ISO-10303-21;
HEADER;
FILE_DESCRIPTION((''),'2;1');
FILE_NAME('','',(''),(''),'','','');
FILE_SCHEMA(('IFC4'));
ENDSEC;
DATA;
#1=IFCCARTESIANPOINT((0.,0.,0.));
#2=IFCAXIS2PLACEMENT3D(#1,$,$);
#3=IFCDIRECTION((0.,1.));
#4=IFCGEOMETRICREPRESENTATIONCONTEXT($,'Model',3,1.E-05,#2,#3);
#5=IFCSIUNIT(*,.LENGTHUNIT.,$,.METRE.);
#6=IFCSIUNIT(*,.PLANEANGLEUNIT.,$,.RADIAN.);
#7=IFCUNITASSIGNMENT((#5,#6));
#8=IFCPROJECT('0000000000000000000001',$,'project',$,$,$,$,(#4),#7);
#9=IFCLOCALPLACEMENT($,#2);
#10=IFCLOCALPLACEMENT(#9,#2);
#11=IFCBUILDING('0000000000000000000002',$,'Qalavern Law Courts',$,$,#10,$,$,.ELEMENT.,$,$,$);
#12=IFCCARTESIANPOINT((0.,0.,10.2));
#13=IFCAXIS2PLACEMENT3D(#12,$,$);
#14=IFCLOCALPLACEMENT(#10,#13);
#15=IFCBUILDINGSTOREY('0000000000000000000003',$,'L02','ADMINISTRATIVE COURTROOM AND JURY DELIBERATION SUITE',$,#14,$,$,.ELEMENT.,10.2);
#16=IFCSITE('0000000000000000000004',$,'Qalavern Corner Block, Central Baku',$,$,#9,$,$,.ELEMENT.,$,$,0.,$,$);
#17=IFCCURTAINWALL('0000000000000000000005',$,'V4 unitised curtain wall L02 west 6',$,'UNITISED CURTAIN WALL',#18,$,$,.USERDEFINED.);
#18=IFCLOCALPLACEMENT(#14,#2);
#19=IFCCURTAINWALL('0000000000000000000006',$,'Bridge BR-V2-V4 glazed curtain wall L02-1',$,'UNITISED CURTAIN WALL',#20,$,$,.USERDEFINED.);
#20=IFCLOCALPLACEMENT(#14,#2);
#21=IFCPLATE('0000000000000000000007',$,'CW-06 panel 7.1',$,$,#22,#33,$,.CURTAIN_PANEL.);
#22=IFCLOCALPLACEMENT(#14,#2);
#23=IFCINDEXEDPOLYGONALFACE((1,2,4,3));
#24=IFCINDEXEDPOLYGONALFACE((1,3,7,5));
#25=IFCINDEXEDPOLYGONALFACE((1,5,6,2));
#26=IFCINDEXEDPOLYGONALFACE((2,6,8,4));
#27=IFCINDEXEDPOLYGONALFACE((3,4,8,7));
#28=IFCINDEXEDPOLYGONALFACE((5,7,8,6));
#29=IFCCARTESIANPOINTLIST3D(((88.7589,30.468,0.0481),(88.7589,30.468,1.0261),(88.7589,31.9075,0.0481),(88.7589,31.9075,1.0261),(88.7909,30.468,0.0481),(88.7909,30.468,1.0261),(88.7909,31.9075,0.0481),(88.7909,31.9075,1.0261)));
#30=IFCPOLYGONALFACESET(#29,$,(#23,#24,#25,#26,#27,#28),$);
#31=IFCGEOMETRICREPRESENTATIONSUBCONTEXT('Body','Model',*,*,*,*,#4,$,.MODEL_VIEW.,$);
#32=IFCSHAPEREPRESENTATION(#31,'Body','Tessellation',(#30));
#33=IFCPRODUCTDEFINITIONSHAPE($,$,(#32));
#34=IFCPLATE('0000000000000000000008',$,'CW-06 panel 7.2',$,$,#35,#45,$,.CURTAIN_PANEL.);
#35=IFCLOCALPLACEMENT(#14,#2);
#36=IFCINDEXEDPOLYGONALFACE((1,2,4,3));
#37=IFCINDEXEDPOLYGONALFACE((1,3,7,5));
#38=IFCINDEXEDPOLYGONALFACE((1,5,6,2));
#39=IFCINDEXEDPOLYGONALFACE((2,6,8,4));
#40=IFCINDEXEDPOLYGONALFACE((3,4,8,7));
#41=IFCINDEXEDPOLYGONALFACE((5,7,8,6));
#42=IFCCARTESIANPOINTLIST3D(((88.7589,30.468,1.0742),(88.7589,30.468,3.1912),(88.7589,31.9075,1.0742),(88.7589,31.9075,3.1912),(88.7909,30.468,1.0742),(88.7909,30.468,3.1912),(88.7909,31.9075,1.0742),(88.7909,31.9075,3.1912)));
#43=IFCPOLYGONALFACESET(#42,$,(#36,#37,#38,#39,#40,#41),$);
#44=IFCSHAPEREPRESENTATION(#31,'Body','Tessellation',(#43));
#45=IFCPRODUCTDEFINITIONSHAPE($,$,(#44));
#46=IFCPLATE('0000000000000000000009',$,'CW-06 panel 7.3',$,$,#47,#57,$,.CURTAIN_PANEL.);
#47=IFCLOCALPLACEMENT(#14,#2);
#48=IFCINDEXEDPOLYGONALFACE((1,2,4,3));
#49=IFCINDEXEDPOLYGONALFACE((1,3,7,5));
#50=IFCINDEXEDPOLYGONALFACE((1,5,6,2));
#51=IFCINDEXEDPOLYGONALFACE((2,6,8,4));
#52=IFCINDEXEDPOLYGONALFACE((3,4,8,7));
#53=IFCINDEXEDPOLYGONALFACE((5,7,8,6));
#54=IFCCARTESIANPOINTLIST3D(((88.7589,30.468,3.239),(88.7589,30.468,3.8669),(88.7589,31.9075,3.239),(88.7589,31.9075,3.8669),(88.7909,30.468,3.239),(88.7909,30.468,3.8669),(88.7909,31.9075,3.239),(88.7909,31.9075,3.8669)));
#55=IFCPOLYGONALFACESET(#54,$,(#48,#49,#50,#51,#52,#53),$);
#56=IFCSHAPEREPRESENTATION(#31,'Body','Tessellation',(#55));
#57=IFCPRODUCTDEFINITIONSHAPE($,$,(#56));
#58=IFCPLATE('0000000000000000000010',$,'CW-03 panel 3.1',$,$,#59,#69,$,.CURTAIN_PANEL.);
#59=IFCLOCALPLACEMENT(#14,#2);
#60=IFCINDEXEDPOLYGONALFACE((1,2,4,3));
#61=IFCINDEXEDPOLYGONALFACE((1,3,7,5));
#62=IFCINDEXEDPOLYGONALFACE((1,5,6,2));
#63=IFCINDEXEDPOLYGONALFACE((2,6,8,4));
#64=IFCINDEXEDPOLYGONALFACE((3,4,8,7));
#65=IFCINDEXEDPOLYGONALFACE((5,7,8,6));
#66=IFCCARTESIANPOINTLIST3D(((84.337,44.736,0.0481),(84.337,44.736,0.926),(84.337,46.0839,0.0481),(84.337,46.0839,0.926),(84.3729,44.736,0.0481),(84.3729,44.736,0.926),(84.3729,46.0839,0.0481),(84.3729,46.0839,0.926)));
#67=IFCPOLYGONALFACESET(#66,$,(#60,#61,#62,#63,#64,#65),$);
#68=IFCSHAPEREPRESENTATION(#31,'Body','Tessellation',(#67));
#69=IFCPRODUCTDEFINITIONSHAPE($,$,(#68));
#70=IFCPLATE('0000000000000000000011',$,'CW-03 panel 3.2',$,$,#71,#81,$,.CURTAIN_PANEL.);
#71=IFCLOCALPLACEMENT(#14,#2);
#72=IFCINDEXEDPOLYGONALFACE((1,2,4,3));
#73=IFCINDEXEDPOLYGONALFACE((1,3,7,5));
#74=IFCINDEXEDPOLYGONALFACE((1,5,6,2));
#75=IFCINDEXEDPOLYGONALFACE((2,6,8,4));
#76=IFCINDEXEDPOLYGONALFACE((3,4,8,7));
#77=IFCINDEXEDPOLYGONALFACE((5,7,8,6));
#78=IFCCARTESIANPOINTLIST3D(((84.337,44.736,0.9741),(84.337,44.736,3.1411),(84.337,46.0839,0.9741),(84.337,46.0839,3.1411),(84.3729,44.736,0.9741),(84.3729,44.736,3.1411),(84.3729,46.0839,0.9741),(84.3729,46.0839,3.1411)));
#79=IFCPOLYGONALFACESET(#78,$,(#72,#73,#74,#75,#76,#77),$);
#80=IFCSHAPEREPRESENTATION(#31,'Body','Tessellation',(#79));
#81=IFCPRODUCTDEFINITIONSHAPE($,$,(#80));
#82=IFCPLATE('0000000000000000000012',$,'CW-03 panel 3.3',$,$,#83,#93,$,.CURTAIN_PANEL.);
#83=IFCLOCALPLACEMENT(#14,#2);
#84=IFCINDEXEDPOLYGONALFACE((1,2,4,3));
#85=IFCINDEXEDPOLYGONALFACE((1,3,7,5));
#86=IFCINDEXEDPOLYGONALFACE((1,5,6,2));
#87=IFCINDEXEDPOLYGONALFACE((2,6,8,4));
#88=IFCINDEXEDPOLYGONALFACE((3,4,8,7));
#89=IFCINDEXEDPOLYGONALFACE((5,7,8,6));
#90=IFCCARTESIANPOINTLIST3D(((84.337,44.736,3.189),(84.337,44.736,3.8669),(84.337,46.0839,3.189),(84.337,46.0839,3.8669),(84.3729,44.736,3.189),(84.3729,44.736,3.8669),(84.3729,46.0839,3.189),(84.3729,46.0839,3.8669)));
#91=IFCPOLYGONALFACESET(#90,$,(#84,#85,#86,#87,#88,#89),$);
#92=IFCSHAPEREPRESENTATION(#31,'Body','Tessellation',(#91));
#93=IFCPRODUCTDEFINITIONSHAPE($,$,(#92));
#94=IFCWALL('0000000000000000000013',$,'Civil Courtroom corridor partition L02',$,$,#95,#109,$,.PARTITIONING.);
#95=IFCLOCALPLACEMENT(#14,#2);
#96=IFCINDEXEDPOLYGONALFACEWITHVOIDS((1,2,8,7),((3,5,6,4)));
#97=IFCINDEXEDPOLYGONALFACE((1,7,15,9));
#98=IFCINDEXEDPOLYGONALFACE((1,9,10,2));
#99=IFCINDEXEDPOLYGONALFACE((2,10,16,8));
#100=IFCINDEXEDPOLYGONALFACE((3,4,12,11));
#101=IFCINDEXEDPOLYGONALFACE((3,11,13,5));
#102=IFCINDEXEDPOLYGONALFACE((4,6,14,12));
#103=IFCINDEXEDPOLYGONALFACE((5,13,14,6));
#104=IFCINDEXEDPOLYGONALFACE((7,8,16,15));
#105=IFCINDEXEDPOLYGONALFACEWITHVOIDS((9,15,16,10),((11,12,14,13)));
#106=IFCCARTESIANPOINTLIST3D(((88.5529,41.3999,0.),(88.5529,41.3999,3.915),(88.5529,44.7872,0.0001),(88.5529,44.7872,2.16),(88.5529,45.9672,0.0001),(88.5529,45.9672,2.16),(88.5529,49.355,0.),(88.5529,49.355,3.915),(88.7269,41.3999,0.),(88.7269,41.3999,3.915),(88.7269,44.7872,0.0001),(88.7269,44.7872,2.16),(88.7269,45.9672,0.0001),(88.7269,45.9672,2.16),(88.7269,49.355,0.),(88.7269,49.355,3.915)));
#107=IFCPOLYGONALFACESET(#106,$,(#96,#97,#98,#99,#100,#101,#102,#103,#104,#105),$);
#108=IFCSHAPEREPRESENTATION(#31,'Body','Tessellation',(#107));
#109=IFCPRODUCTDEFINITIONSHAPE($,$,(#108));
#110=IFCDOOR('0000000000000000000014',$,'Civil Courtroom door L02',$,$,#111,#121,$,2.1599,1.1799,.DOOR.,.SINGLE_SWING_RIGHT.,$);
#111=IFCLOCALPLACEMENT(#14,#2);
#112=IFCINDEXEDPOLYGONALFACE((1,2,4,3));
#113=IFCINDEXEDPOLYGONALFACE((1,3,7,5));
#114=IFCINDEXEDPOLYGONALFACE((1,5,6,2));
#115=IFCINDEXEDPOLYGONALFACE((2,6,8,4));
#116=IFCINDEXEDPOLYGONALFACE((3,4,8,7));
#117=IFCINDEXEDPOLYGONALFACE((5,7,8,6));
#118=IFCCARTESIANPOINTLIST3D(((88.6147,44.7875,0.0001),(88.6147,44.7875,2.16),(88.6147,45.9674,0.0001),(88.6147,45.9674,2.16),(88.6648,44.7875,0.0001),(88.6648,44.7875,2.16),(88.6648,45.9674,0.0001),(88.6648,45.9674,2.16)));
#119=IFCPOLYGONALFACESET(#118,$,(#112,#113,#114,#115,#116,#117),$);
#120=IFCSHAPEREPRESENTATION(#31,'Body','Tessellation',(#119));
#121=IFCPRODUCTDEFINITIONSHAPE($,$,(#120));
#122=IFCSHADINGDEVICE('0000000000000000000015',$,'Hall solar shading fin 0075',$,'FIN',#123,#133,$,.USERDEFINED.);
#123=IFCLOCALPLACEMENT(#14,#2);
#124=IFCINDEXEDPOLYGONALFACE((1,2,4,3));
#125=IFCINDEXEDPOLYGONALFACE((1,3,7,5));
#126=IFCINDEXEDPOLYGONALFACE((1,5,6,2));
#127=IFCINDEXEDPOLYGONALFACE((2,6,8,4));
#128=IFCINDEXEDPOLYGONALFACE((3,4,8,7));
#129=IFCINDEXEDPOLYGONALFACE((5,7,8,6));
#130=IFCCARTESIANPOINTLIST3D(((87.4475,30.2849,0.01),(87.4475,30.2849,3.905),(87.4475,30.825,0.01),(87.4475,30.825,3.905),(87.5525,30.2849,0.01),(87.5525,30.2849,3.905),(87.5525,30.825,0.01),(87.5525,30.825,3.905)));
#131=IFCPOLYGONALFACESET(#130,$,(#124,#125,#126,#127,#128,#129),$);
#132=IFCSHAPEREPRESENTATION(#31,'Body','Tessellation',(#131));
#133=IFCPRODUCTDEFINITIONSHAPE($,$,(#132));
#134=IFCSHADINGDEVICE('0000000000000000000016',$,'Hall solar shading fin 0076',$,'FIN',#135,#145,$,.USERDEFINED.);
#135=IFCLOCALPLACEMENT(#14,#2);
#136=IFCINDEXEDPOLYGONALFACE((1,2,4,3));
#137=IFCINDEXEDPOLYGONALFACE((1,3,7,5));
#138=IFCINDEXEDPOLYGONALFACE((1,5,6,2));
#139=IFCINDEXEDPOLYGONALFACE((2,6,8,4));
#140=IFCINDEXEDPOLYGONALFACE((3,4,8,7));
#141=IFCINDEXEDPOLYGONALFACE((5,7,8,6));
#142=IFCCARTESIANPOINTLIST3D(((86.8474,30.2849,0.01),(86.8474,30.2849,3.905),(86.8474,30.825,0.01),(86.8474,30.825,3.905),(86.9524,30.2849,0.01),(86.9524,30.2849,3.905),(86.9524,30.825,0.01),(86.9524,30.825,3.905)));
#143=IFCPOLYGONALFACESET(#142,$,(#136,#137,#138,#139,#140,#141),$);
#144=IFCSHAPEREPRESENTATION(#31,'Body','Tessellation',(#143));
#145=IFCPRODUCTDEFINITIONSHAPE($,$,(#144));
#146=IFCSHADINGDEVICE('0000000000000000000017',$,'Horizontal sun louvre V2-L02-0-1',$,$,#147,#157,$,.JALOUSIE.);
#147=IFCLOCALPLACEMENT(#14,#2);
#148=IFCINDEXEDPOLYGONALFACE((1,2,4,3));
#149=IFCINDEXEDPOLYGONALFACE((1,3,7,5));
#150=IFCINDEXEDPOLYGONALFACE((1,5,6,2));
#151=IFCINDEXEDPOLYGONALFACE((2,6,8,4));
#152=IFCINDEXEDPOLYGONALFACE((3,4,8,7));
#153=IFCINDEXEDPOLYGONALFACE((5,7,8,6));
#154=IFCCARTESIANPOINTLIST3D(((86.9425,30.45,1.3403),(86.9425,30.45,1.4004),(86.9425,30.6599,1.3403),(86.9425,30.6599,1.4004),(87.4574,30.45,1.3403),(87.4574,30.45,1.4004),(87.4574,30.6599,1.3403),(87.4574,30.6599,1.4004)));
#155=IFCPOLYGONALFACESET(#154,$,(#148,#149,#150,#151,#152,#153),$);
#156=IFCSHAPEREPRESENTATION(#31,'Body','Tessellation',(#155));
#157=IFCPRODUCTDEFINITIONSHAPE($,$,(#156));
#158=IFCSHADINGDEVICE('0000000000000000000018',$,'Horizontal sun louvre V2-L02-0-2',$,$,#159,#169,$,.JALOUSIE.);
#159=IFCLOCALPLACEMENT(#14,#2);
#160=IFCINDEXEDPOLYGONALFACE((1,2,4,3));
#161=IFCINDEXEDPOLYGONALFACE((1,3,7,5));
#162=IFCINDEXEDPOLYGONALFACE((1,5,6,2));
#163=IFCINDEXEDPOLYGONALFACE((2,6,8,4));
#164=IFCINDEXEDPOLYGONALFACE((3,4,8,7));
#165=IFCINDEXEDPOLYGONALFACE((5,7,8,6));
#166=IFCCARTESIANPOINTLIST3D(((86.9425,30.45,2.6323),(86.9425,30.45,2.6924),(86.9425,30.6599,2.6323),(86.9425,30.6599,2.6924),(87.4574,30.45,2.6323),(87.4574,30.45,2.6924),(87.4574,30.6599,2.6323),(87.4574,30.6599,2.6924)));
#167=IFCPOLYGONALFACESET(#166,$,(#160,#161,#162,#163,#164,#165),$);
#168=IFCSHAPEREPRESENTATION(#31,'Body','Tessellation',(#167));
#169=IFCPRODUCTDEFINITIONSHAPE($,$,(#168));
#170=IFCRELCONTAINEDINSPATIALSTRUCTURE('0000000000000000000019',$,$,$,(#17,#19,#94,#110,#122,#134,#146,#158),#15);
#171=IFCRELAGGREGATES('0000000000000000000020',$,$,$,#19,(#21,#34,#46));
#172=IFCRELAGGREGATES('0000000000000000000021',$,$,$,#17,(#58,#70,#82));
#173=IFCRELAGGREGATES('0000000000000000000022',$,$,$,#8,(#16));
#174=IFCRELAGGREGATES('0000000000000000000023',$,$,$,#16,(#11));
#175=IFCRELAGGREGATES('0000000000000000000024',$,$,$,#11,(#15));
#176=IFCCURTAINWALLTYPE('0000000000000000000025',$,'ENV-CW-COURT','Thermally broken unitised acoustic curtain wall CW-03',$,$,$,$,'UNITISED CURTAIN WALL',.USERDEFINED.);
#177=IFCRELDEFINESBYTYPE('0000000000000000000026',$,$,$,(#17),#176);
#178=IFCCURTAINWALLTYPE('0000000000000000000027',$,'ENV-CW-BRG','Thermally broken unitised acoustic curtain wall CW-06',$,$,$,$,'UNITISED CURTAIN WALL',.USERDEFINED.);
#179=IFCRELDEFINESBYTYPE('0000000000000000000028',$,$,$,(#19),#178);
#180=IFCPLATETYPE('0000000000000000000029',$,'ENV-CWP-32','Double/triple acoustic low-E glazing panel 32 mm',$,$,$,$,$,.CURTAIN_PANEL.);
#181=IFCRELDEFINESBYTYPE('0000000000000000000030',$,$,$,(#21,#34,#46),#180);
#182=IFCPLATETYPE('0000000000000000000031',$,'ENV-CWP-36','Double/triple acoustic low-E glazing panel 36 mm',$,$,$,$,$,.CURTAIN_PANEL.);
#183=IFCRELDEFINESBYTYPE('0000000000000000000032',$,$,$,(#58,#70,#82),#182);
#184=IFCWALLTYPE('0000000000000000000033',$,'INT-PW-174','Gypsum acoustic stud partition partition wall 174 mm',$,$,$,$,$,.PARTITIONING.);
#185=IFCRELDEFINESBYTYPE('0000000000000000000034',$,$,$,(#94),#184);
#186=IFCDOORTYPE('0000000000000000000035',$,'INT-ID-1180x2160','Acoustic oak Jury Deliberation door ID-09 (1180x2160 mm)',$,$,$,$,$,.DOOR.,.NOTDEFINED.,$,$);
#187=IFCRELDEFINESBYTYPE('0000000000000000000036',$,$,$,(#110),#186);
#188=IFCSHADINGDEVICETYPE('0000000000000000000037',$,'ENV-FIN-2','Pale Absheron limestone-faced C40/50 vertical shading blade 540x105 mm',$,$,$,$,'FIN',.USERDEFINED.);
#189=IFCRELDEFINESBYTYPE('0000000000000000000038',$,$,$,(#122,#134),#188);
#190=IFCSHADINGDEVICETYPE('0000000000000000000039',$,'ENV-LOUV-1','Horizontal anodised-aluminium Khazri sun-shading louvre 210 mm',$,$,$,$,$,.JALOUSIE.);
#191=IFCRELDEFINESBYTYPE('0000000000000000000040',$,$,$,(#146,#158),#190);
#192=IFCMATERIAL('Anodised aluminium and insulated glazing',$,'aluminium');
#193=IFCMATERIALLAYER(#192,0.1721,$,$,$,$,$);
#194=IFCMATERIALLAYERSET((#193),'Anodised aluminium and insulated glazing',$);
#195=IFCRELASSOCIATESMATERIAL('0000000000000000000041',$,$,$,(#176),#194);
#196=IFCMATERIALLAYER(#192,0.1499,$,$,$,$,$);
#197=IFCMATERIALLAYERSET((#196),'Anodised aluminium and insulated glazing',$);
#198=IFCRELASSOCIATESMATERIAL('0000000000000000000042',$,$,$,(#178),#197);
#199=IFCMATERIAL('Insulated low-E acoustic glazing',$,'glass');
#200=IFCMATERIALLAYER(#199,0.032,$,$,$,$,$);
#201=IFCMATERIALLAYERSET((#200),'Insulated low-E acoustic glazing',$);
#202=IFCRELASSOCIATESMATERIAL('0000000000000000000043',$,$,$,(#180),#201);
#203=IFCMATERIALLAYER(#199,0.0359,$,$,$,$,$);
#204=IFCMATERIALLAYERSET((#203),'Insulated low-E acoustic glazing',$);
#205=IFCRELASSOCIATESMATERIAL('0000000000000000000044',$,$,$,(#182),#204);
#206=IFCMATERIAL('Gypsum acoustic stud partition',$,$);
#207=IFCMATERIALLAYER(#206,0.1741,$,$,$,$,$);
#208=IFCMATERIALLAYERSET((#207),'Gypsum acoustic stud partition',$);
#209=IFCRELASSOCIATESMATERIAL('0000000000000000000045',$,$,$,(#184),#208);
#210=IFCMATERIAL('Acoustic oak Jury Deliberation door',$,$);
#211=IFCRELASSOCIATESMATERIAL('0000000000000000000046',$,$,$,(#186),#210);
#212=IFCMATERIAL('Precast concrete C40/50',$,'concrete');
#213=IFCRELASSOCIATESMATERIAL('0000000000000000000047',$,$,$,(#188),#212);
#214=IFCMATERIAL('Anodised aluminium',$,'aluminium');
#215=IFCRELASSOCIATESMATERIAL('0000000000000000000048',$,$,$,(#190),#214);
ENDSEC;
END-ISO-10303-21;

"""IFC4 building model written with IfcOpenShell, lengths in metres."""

from ifc_helpers import new_model, si_unit, direction, frame, frame_2d, origin, origin_2d, place, context, subcontext, project, spatial, rectangle, extrude, material, layer, layer_set, type_object, element, fill, aggregate, save


model = new_model("IFC4")

# Units and contexts
model_context = context("Model", 3, precision=1e-05, world=origin(), true_north=direction((0.0, 1.0)))
body_context = subcontext(model_context, "Body", "Model", "MODEL_VIEW")
ifc_project = project(units=[si_unit("LENGTHUNIT", "METRE"), si_unit("PLANEANGLEUNIT", "RADIAN")], contexts=[model_context])

# Site, building, storey
site_placement = place(None, origin())
site = spatial("IfcSite", under=ifc_project, at=site_placement, Name="Qalavern Corner Block, Central Baku", CompositionType="ELEMENT", RefElevation=0.0)
building_placement = place(site_placement, origin())
building = spatial("IfcBuilding", under=site, at=building_placement, Name="Qalavern Law Courts", CompositionType="ELEMENT")
storey_placement = place(building_placement, frame((0.0, 0.0, 10.2)))
storey = spatial("IfcBuildingStorey", under=building, at=storey_placement, Name="L02", Description="ADMINISTRATIVE COURTROOM AND JURY DELIBERATION SUITE", CompositionType="ELEMENT", Elevation=10.2)

# Curtain walls
ifc_material_1 = material(Name="Anodised aluminium and insulated glazing", Category="aluminium")
ifc_layer_1 = layer(ifc_material_1, 0.1721)
ifc_layer_set_1 = layer_set([ifc_layer_1], Name="Anodised aluminium and insulated glazing")
curtain_wall_type_1 = type_object("IfcCurtainWallType", Name="ENV-CW-COURT", Description="Thermally broken unitised acoustic curtain wall CW-03", ElementType="UNITISED CURTAIN WALL", PredefinedType="USERDEFINED", material=ifc_layer_set_1)
curtain_wall_1_placement = place(storey_placement, origin())
curtain_wall_1 = element("IfcCurtainWall", 1, at=curtain_wall_1_placement, inside=storey, type_object=curtain_wall_type_1, Name="V4 unitised curtain wall L02 west 6", ObjectType="UNITISED CURTAIN WALL", PredefinedType="USERDEFINED")
ifc_material_2 = material(Name="Anodised aluminium", Category="aluminium")
ifc_layer_2 = layer(ifc_material_1, 0.1499)
ifc_layer_set_2 = layer_set([ifc_layer_2], Name="Anodised aluminium and insulated glazing")
curtain_wall_type_2 = type_object("IfcCurtainWallType", Name="ENV-CW-BRG", Description="Thermally broken unitised acoustic curtain wall CW-06", ElementType="UNITISED CURTAIN WALL", PredefinedType="USERDEFINED", material=ifc_layer_set_2)
curtain_wall_2_placement = place(storey_placement, origin())
curtain_wall_2 = element("IfcCurtainWall", 2, at=curtain_wall_2_placement, inside=storey, type_object=curtain_wall_type_2, Name="Bridge BR-V2-V4 glazed curtain wall L02-1", ObjectType="UNITISED CURTAIN WALL", PredefinedType="USERDEFINED")

# Plates
ifc_material_3 = material(Name="Insulated low-E acoustic glazing", Category="glass")
ifc_layer_3 = layer(ifc_material_3, 0.032)
ifc_layer_set_3 = layer_set([ifc_layer_3], Name="Insulated low-E acoustic glazing")
plate_type_1 = type_object("IfcPlateType", Name="ENV-CWP-32", Description="Double/triple acoustic low-E glazing panel 32 mm", PredefinedType="CURTAIN_PANEL", material=ifc_layer_set_3)
plate_1_placement = place(storey_placement, frame((88.7749, 31.1877, 0.0481), z_axis=(0.0, 0.0, 1.0), x_axis=(0.0, -1.0, 0.0)))
plate_1 = element("IfcPlate", 3, at=plate_1_placement, type_object=plate_type_1, Name="CW-06 panel 7.1", PredefinedType="CURTAIN_PANEL", context=body_context, shape_type="SweptSolid", body=[
    extrude(rectangle(XDim=1.4395, YDim=0.032, at=origin_2d()), origin(), (0.0, 0.0, 1.0), 0.978),
])
plate_2_placement = place(storey_placement, frame((88.7749, 31.1877, 1.0742), z_axis=(0.0, 0.0, 1.0), x_axis=(0.0, -1.0, 0.0)))
plate_2 = element("IfcPlate", 4, at=plate_2_placement, type_object=plate_type_1, Name="CW-06 panel 7.2", PredefinedType="CURTAIN_PANEL", context=body_context, shape_type="SweptSolid", body=[
    extrude(rectangle(XDim=1.4395, YDim=0.032, at=origin_2d()), origin(), (0.0, 0.0, 1.0), 2.1169),
])
plate_3_placement = place(storey_placement, frame((88.7749, 31.1877, 3.239), z_axis=(0.0, 0.0, 1.0), x_axis=(0.0, -1.0, 0.0)))
plate_3 = element("IfcPlate", 5, at=plate_3_placement, type_object=plate_type_1, Name="CW-06 panel 7.3", PredefinedType="CURTAIN_PANEL", context=body_context, shape_type="SweptSolid", body=[
    extrude(rectangle(XDim=1.4395, YDim=0.032, at=origin_2d()), origin(), (0.0, 0.0, 1.0), 0.6279),
])
aggregate(curtain_wall_2, [plate_1, plate_2, plate_3])
ifc_layer_4 = layer(ifc_material_3, 0.0359)
ifc_layer_set_4 = layer_set([ifc_layer_4], Name="Insulated low-E acoustic glazing")
plate_type_2 = type_object("IfcPlateType", Name="ENV-CWP-36", Description="Double/triple acoustic low-E glazing panel 36 mm", PredefinedType="CURTAIN_PANEL", material=ifc_layer_set_4)
plate_4_placement = place(storey_placement, frame((84.355, 45.4099, 0.0481), z_axis=(0.0, 0.0, 1.0), x_axis=(0.0, -1.0, 0.0)))
plate_4 = element("IfcPlate", 6, at=plate_4_placement, type_object=plate_type_2, Name="CW-03 panel 3.1", PredefinedType="CURTAIN_PANEL", context=body_context, shape_type="SweptSolid", body=[
    extrude(rectangle(XDim=1.3479, YDim=0.0359, at=origin_2d()), origin(), (0.0, 0.0, 1.0), 0.8779),
])
plate_5_placement = place(storey_placement, frame((84.355, 45.4099, 0.9741), z_axis=(0.0, 0.0, 1.0), x_axis=(0.0, -1.0, 0.0)))
plate_5 = element("IfcPlate", 7, at=plate_5_placement, type_object=plate_type_2, Name="CW-03 panel 3.2", PredefinedType="CURTAIN_PANEL", context=body_context, shape_type="SweptSolid", body=[
    extrude(rectangle(XDim=1.3479, YDim=0.0359, at=origin_2d()), origin(), (0.0, 0.0, 1.0), 2.167),
])
plate_6_placement = place(storey_placement, frame((84.355, 45.4099, 3.189), z_axis=(0.0, 0.0, 1.0), x_axis=(0.0, -1.0, 0.0)))
plate_6 = element("IfcPlate", 8, at=plate_6_placement, type_object=plate_type_2, Name="CW-03 panel 3.3", PredefinedType="CURTAIN_PANEL", context=body_context, shape_type="SweptSolid", body=[
    extrude(rectangle(XDim=1.3479, YDim=0.0359, at=origin_2d()), origin(), (0.0, 0.0, 1.0), 0.678),
])
aggregate(curtain_wall_1, [plate_4, plate_5, plate_6])

# Wall, opening, door
ifc_material_4 = material(Name="Gypsum acoustic stud partition")
ifc_layer_5 = layer(ifc_material_4, 0.1741)
ifc_layer_set_5 = layer_set([ifc_layer_5], Name="Gypsum acoustic stud partition")
wall_type = type_object("IfcWallType", Name="INT-PW-174", Description="Gypsum acoustic stud partition partition wall 174 mm", PredefinedType="PARTITIONING", material=ifc_layer_set_5)
wall_placement = place(storey_placement, frame((88.6399, 41.3999, 0.0), z_axis=(0.0, 0.0, 1.0), x_axis=(0.0, 1.0, 0.0)))
wall = element("IfcWall", 9, at=wall_placement, inside=storey, type_object=wall_type, Name="Civil Courtroom corridor partition L02", PredefinedType="PARTITIONING", context=body_context, shape_type="SweptSolid", body=[
    extrude(rectangle(XDim=7.9551, YDim=0.1741, at=frame_2d((3.9775, 0.0))), origin(), (0.0, 0.0, 1.0), 3.915),
])
opening_placement = place(wall_placement, frame((3.3875, 0.0, 0.0)))
opening = element("IfcOpeningElement", 10, at=opening_placement, cuts=wall, PredefinedType="OPENING", context=body_context, shape_type="SweptSolid", body=[
    extrude(rectangle(XDim=1.1799, YDim=2.1599, at=frame_2d((0.5898, 1.0801))), frame((0.0, 0.1021, 0.0), z_axis=(0.0, -1.0, 0.0), x_axis=(1.0, 0.0, 0.0)), (0.0, 0.0, 1.0), 0.2039),
])
ifc_material_5 = material(Name="Acoustic oak Jury Deliberation door")
door_type = type_object("IfcDoorType", Name="INT-ID-1180x2160", Description="Acoustic oak Jury Deliberation door ID-09 (1180x2160 mm)", OperationType="NOTDEFINED", PredefinedType="DOOR", material=ifc_material_5)
door_placement = place(opening_placement, frame((1.1799, 0.0, 0.0), z_axis=(0.0, 0.0, 1.0), x_axis=(-1.0, 0.0, 0.0)))
door = element("IfcDoor", 11, at=door_placement, inside=storey, type_object=door_type, Name="Civil Courtroom door L02", OperationType="SINGLE_SWING_RIGHT", OverallHeight=2.1599, OverallWidth=1.1799, PredefinedType="DOOR", context=body_context, shape_type="SweptSolid", body=[
    extrude(rectangle(XDim=1.1799, YDim=2.1599, at=frame_2d((0.5898, 1.0801))), frame((0.0, 0.0249, 0.0), z_axis=(0.0, -1.0, 0.0), x_axis=(1.0, 0.0, 0.0)), (0.0, 0.0, 1.0), 0.05),
])
fill(opening, door)

# Shading devices
ifc_material_6 = material(Name="Precast concrete C40/50", Category="concrete")
shading_device_type_1 = type_object("IfcShadingDeviceType", Name="ENV-FIN-2", Description="Pale Absheron limestone-faced C40/50 vertical shading blade 540x105 mm", ElementType="FIN", PredefinedType="USERDEFINED", material=ifc_material_6)
for number, where, z_axis, x_axis, name in (
    (12, (87.5, 30.5549, 0.01), (0.0, 0.0, 1.0), (0.0, 1.0, 0.0), "Hall solar shading fin 0075"),
    (13, (86.8999, 30.5549, 0.01), (0.0, 0.0, 1.0), (0.0, 1.0, 0.0), "Hall solar shading fin 0076"),
):
    element("IfcShadingDevice", number, at=place(storey_placement, frame(where, z_axis=z_axis, x_axis=x_axis)), inside=storey, type_object=shading_device_type_1, Name=name, ObjectType="FIN", PredefinedType="USERDEFINED", context=body_context, shape_type="SweptSolid", body=[
        extrude(rectangle(XDim=0.54, YDim=0.105, at=origin_2d()), origin(), (0.0, 0.0, 1.0), 3.895),
    ])
shading_device_type_2 = type_object("IfcShadingDeviceType", Name="ENV-LOUV-1", Description="Horizontal anodised-aluminium Khazri sun-shading louvre 210 mm", PredefinedType="JALOUSIE", material=ifc_material_2)
for number, where, z_axis, x_axis, name in (
    (14, (87.2, 30.5549, 1.3403), (0.0, 0.0, 1.0), (-1.0, 0.0, 0.0), "Horizontal sun louvre V2-L02-0-1"),
    (15, (87.2, 30.5549, 2.6323), (0.0, 0.0, 1.0), (-1.0, 0.0, 0.0), "Horizontal sun louvre V2-L02-0-2"),
):
    element("IfcShadingDevice", number, at=place(storey_placement, frame(where, z_axis=z_axis, x_axis=x_axis)), inside=storey, type_object=shading_device_type_2, Name=name, PredefinedType="JALOUSIE", context=body_context, shape_type="SweptSolid", body=[
        extrude(rectangle(XDim=0.5149, YDim=0.21, at=origin_2d()), origin(), (0.0, 0.0, 1.0), 0.0601),
    ])

save(model, "model.ifc")
